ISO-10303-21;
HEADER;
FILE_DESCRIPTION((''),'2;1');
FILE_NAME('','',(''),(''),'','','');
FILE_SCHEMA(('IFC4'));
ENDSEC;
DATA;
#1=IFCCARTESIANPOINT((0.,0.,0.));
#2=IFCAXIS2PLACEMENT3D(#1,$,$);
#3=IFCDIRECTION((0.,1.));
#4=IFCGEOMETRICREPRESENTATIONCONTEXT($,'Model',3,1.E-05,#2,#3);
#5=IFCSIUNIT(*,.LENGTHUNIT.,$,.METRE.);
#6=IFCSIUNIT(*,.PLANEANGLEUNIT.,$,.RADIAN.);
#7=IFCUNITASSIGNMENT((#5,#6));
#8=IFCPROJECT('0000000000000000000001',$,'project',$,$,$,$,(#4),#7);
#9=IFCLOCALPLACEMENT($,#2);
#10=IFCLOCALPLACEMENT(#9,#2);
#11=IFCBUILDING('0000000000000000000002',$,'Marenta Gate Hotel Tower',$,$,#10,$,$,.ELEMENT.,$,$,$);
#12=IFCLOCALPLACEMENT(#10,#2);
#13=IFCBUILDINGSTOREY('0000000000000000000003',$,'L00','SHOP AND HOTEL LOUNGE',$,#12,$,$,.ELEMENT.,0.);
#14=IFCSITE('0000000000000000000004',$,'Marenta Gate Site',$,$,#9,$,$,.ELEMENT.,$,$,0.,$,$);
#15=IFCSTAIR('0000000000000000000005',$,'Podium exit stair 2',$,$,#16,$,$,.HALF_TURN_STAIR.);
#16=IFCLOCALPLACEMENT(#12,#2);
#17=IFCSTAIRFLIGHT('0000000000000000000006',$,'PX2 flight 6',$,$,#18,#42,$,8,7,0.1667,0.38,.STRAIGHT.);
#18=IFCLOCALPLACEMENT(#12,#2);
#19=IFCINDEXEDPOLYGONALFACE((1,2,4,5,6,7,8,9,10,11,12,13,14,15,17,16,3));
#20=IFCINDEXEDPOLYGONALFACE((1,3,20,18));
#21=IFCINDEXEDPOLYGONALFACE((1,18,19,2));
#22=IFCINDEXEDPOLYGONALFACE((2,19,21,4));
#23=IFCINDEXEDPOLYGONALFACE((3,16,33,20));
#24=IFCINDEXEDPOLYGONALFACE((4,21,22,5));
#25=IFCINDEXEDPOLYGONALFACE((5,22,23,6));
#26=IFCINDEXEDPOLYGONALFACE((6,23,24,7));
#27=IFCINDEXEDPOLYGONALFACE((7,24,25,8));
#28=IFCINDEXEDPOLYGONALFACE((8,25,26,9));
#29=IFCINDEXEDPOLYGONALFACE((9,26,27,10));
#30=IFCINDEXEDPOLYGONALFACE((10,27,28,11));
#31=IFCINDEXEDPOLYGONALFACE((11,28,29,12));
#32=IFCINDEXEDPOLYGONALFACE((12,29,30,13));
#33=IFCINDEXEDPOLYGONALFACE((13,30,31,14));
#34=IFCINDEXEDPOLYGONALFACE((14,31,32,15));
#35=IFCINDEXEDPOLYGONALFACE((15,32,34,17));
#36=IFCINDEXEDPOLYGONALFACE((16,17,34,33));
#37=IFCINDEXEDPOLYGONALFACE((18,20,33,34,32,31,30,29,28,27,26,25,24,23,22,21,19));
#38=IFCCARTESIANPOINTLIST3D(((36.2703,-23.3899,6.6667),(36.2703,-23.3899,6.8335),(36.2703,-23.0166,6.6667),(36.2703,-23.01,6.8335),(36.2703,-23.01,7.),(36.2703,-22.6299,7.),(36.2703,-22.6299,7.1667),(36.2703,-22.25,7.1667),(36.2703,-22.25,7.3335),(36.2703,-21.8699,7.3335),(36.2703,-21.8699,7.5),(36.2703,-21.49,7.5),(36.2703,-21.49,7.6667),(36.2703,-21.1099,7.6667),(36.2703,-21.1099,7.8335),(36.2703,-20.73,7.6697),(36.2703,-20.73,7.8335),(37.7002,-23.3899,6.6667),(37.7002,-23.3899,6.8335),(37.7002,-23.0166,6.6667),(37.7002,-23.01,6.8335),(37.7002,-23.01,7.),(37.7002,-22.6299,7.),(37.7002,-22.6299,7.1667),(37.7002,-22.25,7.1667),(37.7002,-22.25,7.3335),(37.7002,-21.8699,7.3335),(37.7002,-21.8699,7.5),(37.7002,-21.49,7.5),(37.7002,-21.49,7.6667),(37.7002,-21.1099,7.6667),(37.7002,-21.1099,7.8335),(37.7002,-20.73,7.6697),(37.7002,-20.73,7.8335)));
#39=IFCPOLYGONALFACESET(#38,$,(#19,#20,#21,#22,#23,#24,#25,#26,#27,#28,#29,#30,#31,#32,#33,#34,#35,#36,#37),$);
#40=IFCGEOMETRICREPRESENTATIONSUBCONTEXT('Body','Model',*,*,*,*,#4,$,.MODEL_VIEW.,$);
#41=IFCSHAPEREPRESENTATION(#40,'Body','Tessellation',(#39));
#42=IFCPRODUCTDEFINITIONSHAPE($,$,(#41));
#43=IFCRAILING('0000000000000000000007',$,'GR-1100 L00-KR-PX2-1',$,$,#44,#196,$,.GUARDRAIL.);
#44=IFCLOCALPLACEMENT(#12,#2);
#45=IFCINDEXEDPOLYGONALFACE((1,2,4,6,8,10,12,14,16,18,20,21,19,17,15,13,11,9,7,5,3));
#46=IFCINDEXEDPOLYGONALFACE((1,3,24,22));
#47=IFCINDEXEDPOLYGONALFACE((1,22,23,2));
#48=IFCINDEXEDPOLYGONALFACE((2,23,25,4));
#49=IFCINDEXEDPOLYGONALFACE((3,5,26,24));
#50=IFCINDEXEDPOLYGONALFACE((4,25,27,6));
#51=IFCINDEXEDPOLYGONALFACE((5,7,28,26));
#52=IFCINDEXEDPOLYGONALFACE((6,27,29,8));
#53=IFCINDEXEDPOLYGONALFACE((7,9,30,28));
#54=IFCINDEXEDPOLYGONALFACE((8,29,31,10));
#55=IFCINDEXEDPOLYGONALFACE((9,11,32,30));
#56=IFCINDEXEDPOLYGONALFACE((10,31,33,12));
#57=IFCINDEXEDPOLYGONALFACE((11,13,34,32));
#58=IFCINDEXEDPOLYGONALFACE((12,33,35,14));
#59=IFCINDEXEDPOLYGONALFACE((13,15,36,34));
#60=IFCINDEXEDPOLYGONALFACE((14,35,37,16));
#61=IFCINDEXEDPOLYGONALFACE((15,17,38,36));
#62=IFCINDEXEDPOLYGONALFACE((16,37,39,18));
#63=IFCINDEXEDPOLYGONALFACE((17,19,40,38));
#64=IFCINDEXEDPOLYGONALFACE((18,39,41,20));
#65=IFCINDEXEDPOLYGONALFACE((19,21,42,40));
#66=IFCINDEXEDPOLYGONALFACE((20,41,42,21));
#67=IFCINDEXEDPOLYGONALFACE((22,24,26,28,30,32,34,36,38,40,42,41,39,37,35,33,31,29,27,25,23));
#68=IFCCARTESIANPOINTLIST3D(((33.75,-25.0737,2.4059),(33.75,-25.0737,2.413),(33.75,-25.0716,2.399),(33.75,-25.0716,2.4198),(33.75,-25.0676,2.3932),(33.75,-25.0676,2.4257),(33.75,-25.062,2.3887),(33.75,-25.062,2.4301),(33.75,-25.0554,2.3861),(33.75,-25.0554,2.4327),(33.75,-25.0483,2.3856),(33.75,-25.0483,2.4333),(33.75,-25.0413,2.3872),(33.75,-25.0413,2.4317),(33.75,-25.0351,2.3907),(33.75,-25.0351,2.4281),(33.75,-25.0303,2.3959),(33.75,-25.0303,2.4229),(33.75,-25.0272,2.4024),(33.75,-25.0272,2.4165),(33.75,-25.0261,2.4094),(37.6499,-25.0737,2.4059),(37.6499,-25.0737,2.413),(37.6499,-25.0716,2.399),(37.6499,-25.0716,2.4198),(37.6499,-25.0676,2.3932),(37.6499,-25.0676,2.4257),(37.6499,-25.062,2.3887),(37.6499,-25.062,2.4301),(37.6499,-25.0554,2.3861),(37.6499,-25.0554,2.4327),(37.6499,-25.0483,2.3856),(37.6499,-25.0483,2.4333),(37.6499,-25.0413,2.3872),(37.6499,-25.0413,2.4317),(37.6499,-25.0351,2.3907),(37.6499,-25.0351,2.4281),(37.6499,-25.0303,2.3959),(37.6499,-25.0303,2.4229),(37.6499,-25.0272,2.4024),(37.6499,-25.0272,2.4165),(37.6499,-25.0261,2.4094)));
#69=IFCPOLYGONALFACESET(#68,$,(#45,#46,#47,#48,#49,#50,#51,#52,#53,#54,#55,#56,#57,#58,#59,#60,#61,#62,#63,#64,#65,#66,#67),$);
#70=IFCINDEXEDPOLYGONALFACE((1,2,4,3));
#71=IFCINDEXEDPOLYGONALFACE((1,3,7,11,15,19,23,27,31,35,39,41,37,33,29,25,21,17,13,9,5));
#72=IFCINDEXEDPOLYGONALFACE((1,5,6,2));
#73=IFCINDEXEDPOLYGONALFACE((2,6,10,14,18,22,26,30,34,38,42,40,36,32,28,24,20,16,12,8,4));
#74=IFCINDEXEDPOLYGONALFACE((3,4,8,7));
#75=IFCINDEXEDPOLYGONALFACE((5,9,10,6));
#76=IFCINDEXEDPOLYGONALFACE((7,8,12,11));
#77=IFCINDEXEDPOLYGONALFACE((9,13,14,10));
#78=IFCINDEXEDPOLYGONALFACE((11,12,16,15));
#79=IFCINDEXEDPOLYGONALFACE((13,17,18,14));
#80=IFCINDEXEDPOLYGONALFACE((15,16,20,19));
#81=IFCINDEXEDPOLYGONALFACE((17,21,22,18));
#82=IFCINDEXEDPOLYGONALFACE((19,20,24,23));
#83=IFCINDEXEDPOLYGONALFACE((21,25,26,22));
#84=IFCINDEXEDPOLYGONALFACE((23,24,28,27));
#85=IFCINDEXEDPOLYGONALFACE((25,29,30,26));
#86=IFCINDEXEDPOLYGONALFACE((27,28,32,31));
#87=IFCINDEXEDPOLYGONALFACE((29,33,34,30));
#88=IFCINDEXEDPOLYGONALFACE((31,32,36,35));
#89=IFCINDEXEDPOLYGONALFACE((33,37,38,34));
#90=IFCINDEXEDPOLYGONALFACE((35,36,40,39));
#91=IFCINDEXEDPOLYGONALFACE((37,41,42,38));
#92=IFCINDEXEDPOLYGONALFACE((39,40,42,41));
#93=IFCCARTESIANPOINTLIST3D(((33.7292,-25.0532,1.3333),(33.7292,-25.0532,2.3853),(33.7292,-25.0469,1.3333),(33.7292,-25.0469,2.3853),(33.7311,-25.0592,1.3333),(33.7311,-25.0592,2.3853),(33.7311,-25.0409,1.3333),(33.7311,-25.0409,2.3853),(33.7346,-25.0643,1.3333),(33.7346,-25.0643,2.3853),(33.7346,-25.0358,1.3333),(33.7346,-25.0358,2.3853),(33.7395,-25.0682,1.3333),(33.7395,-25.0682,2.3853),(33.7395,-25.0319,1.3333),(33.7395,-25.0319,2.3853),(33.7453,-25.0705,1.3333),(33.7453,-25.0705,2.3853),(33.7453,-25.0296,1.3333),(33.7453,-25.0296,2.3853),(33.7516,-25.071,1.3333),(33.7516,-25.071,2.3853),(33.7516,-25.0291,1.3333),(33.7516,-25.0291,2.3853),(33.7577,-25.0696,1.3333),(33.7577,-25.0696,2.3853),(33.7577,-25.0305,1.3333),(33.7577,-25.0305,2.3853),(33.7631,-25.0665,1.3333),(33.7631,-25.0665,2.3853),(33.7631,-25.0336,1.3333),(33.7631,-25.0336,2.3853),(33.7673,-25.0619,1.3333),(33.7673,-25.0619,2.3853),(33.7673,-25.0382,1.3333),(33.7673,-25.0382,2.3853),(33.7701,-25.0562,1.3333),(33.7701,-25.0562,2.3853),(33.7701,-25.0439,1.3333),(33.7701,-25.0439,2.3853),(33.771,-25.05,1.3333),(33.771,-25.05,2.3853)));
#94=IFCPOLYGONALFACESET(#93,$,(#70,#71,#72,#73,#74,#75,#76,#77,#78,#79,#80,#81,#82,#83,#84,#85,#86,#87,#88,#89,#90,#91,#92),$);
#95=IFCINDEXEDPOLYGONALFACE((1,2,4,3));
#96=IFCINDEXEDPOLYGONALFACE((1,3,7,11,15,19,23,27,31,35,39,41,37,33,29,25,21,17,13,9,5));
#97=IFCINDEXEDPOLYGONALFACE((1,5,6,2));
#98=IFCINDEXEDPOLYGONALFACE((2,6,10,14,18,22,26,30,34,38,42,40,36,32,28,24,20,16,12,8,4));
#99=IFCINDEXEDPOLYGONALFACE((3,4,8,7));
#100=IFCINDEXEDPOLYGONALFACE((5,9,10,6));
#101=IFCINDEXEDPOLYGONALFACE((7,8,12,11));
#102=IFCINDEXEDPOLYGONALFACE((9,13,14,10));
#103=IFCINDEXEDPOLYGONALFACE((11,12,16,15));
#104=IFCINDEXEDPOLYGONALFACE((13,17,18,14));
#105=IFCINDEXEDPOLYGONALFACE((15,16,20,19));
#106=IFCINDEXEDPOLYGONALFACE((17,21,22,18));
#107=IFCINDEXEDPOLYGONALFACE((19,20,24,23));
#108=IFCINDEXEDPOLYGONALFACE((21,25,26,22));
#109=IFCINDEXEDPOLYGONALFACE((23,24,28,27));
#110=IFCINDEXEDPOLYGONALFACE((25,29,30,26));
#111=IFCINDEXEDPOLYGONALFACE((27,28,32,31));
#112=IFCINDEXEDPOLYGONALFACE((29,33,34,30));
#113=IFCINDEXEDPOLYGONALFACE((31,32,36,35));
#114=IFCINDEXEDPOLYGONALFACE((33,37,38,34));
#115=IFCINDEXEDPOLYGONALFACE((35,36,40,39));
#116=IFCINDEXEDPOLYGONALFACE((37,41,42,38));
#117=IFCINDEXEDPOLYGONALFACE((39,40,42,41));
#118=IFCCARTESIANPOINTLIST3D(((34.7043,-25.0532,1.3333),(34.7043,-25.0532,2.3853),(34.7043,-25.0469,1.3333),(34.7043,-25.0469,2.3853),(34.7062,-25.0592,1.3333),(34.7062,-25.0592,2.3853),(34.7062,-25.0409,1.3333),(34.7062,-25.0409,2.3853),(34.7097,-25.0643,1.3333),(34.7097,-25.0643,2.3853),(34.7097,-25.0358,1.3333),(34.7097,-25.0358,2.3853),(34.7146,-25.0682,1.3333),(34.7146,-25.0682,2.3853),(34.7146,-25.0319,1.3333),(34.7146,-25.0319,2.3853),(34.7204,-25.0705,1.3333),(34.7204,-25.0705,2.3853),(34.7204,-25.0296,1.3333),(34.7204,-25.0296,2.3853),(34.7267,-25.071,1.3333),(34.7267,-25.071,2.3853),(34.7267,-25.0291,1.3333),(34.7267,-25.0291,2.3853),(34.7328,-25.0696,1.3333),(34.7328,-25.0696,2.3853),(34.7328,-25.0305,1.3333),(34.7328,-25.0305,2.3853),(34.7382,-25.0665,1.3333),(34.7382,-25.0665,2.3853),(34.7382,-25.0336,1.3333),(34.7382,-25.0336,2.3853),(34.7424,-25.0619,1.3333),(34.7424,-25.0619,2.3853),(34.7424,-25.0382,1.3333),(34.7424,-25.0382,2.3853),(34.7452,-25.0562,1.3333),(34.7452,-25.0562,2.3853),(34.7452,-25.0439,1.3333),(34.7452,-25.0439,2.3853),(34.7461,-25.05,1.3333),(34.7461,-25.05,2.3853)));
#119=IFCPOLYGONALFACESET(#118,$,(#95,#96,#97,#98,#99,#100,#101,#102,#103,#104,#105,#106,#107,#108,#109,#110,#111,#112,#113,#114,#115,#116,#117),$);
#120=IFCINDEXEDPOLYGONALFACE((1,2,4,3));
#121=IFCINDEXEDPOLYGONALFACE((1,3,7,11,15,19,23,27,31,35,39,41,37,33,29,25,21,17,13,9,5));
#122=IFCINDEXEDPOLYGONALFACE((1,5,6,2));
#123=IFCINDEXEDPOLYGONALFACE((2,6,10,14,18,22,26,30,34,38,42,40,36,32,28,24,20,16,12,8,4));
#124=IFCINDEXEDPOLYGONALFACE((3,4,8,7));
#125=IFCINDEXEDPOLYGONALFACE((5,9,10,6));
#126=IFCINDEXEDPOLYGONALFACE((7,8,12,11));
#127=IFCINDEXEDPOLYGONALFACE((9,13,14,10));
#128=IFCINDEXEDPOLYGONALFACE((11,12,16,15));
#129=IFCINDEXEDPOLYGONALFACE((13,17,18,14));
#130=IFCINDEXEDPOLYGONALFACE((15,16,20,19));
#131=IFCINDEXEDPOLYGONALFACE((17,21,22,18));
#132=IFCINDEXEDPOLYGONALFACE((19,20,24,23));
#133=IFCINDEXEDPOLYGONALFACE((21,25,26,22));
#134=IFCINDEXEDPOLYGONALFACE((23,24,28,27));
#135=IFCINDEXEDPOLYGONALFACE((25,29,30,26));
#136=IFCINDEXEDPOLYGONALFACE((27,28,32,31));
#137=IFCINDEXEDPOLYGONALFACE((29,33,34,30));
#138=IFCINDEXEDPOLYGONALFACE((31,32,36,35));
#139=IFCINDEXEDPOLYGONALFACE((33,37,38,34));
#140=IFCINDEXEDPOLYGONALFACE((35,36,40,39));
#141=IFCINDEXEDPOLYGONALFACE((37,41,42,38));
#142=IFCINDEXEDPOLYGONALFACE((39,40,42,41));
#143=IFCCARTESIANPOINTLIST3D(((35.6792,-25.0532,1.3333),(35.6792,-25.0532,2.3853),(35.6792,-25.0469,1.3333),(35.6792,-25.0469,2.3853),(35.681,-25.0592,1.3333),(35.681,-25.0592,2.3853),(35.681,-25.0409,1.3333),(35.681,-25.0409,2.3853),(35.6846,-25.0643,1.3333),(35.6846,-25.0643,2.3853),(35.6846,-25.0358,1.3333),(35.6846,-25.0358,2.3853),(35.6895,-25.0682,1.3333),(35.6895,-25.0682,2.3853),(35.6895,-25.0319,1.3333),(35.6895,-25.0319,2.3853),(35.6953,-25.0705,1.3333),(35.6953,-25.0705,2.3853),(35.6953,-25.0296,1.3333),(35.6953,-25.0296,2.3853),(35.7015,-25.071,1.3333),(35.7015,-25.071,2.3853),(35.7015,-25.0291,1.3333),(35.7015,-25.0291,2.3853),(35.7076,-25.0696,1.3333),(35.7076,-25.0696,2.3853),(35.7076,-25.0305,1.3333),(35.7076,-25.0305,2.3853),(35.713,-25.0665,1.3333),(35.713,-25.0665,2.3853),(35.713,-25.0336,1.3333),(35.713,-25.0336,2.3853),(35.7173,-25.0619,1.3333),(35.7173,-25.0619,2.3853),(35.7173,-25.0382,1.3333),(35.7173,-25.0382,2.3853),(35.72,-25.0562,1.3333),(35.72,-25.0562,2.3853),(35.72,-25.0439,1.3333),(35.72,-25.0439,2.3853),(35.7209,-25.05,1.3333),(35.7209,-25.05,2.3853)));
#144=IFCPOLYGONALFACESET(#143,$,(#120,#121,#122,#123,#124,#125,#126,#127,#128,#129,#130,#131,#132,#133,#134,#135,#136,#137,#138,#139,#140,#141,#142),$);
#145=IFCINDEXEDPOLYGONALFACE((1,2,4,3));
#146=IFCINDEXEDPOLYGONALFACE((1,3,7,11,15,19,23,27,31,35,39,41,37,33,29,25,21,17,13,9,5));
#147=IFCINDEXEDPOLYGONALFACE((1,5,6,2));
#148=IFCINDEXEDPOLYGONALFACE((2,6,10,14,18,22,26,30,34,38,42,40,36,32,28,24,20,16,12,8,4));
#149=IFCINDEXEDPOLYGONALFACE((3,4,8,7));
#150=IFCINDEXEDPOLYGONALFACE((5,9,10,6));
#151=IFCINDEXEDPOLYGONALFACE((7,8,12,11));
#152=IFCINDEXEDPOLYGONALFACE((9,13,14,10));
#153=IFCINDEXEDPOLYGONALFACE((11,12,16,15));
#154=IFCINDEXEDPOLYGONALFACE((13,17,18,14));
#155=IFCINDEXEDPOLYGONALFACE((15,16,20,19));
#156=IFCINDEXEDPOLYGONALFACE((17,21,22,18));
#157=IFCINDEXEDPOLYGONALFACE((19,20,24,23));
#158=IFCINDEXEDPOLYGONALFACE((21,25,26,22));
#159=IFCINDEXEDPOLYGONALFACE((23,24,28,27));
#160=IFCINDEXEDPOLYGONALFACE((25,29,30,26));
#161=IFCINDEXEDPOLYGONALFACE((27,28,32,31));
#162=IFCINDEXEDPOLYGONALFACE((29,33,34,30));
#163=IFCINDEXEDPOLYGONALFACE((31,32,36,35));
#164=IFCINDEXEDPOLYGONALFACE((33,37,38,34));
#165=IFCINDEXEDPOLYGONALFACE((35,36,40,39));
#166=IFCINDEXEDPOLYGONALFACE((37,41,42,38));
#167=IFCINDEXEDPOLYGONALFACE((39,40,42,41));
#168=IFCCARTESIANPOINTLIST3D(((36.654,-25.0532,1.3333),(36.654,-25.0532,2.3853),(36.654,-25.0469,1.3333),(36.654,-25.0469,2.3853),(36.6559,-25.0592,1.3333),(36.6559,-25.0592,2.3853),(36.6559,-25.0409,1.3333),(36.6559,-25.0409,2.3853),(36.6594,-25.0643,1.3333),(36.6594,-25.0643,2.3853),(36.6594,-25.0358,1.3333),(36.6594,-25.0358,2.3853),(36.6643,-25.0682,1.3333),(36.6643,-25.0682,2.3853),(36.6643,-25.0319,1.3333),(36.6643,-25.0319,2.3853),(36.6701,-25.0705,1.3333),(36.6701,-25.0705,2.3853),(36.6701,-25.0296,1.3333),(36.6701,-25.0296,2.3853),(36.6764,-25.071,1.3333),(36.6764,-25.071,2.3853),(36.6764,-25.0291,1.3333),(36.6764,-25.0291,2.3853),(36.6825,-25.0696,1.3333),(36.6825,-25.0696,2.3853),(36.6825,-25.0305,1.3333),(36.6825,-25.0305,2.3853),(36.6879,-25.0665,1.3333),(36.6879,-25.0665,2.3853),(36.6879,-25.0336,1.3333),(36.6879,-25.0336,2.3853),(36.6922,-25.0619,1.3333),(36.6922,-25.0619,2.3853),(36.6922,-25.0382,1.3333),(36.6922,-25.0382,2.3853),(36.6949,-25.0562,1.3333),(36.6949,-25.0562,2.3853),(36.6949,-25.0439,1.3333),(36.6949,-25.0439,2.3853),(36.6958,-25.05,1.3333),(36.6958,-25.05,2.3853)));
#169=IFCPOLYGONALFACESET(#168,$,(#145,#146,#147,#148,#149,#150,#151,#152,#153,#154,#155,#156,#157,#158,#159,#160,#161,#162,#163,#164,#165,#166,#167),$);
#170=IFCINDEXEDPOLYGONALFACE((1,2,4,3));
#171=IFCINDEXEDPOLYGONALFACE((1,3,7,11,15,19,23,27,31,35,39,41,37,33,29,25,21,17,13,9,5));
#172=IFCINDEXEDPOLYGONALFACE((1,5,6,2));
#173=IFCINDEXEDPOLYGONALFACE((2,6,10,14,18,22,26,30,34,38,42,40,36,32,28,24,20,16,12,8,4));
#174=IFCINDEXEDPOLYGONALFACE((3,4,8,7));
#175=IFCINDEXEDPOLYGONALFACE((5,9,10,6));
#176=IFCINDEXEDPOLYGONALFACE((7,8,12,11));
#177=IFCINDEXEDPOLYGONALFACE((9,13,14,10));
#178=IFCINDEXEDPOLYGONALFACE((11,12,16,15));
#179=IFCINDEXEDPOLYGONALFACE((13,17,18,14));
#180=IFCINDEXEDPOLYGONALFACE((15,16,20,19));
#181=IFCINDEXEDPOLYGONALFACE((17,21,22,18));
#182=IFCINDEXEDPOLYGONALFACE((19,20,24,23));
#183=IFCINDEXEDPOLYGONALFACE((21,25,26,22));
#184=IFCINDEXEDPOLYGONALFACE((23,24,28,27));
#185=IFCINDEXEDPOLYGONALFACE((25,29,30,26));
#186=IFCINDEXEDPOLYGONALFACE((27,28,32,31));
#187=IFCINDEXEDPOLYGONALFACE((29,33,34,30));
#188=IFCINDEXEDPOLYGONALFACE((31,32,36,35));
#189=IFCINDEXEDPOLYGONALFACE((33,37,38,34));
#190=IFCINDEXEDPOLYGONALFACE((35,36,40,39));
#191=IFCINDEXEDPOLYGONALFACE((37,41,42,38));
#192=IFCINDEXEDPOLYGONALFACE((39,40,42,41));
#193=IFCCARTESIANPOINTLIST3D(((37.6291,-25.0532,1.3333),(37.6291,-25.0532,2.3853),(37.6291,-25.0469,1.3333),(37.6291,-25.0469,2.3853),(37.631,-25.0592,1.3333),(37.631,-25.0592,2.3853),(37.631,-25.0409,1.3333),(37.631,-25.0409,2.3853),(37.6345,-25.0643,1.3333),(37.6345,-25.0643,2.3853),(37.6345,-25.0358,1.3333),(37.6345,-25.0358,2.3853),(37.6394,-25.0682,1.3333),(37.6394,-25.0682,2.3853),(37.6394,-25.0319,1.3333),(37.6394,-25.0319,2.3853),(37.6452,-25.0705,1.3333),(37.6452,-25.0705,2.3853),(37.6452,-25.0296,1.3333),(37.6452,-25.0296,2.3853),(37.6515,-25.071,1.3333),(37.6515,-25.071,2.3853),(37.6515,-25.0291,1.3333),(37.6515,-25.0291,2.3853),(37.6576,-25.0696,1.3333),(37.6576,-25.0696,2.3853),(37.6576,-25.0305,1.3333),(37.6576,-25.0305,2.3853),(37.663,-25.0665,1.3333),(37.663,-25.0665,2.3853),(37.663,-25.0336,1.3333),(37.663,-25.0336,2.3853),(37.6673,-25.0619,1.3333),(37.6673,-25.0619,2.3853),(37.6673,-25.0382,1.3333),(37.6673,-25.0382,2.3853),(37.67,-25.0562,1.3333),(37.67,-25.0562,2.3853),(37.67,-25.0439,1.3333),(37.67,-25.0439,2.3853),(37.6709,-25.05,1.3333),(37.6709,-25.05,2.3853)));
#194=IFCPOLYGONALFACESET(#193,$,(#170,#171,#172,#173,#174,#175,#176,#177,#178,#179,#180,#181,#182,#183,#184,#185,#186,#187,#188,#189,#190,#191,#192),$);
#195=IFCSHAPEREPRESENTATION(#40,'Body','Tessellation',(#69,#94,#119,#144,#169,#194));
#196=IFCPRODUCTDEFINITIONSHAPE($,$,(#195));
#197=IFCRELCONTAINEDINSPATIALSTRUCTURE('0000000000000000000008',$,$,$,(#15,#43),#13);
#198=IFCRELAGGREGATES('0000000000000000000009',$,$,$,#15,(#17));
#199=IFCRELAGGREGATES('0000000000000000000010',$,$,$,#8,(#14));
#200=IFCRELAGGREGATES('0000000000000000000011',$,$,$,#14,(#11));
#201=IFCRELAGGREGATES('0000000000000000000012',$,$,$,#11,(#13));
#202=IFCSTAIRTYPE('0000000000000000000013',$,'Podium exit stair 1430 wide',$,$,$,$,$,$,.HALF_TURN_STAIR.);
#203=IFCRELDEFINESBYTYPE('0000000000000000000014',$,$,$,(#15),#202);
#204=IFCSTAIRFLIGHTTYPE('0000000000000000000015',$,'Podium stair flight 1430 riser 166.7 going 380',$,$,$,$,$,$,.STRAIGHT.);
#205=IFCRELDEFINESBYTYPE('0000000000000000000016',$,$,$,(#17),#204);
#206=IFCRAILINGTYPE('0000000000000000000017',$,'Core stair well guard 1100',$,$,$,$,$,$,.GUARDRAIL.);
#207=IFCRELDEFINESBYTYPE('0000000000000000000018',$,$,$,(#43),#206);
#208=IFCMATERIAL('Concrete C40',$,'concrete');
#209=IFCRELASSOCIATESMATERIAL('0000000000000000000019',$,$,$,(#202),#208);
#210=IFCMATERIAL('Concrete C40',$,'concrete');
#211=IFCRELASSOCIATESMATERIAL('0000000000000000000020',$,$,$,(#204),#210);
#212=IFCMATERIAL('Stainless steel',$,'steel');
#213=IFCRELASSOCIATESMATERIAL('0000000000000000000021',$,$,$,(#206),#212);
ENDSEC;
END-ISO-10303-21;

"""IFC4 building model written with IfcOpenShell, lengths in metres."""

from ifc_helpers import new_model, si_unit, direction, frame, origin, origin_2d, place, context, subcontext, project, spatial, polyline, circle, outline, extrude, material, type_object, element, aggregate, save


model = new_model("IFC4")

# Units and contexts
model_context = context("Model", 3, precision=1e-05, world=origin(), true_north=direction((0.0, 1.0)))
body_context = subcontext(model_context, "Body", "Model", "MODEL_VIEW")
ifc_project = project(units=[si_unit("LENGTHUNIT", "METRE"), si_unit("PLANEANGLEUNIT", "RADIAN")], contexts=[model_context])

# Site, building, storey
site_placement = place(None, origin())
site = spatial("IfcSite", under=ifc_project, at=site_placement, Name="Marenta Gate Site", CompositionType="ELEMENT", RefElevation=0.0)
building_placement = place(site_placement, origin())
building = spatial("IfcBuilding", under=site, at=building_placement, Name="Marenta Gate Hotel Tower", CompositionType="ELEMENT")
storey_placement = place(building_placement, origin())
storey = spatial("IfcBuildingStorey", under=building, at=storey_placement, Name="L00", Description="SHOP AND HOTEL LOUNGE", CompositionType="ELEMENT", Elevation=0.0)

# Stair, stair flight
ifc_material_1 = material(Name="Concrete C40", Category="concrete")
stair_type = type_object("IfcStairType", Name="Podium exit stair 1430 wide", PredefinedType="HALF_TURN_STAIR", material=ifc_material_1)
stair_placement = place(storey_placement, origin())
stair = element("IfcStair", 1, at=stair_placement, inside=storey, type_object=stair_type, Name="Podium exit stair 2", PredefinedType="HALF_TURN_STAIR")
ifc_material_2 = material(Name="Concrete C40", Category="concrete")
stair_flight_type = type_object("IfcStairFlightType", Name="Podium stair flight 1430 riser 166.7 going 380", PredefinedType="STRAIGHT", material=ifc_material_2)
stair_flight_1_placement = place(storey_placement, frame((36.9851, -23.3899, 6.6667), z_axis=(0.0, 0.0, 1.0), x_axis=(0.0, 1.0, 0.0)))
stair_flight_1 = element("IfcStairFlight", 2, at=stair_flight_1_placement, type_object=stair_flight_type, Name="PX2 flight 6", NumberOfRisers=8, NumberOfTreads=7, PredefinedType="STRAIGHT", RiserHeight=0.1667, TreadLength=0.38, context=body_context, shape_type="SweptSolid", body=[
    extrude(outline(polyline([(0.0, 0.0), (0.0, 0.1667), (0.3799, 0.1667), (0.3799, 0.3333), (0.76, 0.3333), (0.76, 0.5), (1.1399, 0.5), (1.1399, 0.6667), (1.52, 0.6667), (1.52, 0.8333), (1.8999, 0.8333), (1.8999, 1.0), (2.28, 1.0), (2.28, 1.1667), (2.6599, 1.1667), (2.6599, 1.3333), (2.6599, 1.0029), (0.3733, 0.0), (0.0, 0.0)])), frame((0.0, 0.7148, 0.0), z_axis=(0.0, -1.0, 0.0), x_axis=(1.0, 0.0, 0.0)), (0.0, 0.0, 1.0), 1.4299),
])
aggregate(stair, [stair_flight_1])

# Railing
ifc_material_3 = material(Name="Stainless steel", Category="steel")
railing_type = type_object("IfcRailingType", Name="Core stair well guard 1100", PredefinedType="GUARDRAIL", material=ifc_material_3)
for number, where, name in (
    (3, (33.75, -25.05, 1.3333), "GR-1100 L00-KR-PX2-1"),
):
    element("IfcRailing", number, at=place(storey_placement, frame(where)), inside=storey, type_object=railing_type, Name=name, PredefinedType="GUARDRAIL", context=body_context, shape_type="SweptSolid", body=[
        extrude(circle(Radius=0.0239, at=origin_2d()), frame((0.0, 0.0, 1.0762), z_axis=(1.0, 0.0, 0.0), x_axis=(0.0, 1.0, 0.0)), (0.0, 0.0, 1.0), 3.8999),
        extrude(circle(Radius=0.021, at=origin_2d()), origin(), (0.0, 0.0, 1.0), 1.052),
        extrude(circle(Radius=0.021, at=origin_2d()), frame((0.9751, 0.0, 0.0)), (0.0, 0.0, 1.0), 1.052),
        extrude(circle(Radius=0.021, at=origin_2d()), frame((1.95, 0.0, 0.0)), (0.0, 0.0, 1.0), 1.052),
        extrude(circle(Radius=0.021, at=origin_2d()), frame((2.9248, 0.0, 0.0)), (0.0, 0.0, 1.0), 1.052),
        extrude(circle(Radius=0.021, at=origin_2d()), frame((3.8999, 0.0, 0.0)), (0.0, 0.0, 1.0), 1.052),
    ])

save(model, "model.ifc")
